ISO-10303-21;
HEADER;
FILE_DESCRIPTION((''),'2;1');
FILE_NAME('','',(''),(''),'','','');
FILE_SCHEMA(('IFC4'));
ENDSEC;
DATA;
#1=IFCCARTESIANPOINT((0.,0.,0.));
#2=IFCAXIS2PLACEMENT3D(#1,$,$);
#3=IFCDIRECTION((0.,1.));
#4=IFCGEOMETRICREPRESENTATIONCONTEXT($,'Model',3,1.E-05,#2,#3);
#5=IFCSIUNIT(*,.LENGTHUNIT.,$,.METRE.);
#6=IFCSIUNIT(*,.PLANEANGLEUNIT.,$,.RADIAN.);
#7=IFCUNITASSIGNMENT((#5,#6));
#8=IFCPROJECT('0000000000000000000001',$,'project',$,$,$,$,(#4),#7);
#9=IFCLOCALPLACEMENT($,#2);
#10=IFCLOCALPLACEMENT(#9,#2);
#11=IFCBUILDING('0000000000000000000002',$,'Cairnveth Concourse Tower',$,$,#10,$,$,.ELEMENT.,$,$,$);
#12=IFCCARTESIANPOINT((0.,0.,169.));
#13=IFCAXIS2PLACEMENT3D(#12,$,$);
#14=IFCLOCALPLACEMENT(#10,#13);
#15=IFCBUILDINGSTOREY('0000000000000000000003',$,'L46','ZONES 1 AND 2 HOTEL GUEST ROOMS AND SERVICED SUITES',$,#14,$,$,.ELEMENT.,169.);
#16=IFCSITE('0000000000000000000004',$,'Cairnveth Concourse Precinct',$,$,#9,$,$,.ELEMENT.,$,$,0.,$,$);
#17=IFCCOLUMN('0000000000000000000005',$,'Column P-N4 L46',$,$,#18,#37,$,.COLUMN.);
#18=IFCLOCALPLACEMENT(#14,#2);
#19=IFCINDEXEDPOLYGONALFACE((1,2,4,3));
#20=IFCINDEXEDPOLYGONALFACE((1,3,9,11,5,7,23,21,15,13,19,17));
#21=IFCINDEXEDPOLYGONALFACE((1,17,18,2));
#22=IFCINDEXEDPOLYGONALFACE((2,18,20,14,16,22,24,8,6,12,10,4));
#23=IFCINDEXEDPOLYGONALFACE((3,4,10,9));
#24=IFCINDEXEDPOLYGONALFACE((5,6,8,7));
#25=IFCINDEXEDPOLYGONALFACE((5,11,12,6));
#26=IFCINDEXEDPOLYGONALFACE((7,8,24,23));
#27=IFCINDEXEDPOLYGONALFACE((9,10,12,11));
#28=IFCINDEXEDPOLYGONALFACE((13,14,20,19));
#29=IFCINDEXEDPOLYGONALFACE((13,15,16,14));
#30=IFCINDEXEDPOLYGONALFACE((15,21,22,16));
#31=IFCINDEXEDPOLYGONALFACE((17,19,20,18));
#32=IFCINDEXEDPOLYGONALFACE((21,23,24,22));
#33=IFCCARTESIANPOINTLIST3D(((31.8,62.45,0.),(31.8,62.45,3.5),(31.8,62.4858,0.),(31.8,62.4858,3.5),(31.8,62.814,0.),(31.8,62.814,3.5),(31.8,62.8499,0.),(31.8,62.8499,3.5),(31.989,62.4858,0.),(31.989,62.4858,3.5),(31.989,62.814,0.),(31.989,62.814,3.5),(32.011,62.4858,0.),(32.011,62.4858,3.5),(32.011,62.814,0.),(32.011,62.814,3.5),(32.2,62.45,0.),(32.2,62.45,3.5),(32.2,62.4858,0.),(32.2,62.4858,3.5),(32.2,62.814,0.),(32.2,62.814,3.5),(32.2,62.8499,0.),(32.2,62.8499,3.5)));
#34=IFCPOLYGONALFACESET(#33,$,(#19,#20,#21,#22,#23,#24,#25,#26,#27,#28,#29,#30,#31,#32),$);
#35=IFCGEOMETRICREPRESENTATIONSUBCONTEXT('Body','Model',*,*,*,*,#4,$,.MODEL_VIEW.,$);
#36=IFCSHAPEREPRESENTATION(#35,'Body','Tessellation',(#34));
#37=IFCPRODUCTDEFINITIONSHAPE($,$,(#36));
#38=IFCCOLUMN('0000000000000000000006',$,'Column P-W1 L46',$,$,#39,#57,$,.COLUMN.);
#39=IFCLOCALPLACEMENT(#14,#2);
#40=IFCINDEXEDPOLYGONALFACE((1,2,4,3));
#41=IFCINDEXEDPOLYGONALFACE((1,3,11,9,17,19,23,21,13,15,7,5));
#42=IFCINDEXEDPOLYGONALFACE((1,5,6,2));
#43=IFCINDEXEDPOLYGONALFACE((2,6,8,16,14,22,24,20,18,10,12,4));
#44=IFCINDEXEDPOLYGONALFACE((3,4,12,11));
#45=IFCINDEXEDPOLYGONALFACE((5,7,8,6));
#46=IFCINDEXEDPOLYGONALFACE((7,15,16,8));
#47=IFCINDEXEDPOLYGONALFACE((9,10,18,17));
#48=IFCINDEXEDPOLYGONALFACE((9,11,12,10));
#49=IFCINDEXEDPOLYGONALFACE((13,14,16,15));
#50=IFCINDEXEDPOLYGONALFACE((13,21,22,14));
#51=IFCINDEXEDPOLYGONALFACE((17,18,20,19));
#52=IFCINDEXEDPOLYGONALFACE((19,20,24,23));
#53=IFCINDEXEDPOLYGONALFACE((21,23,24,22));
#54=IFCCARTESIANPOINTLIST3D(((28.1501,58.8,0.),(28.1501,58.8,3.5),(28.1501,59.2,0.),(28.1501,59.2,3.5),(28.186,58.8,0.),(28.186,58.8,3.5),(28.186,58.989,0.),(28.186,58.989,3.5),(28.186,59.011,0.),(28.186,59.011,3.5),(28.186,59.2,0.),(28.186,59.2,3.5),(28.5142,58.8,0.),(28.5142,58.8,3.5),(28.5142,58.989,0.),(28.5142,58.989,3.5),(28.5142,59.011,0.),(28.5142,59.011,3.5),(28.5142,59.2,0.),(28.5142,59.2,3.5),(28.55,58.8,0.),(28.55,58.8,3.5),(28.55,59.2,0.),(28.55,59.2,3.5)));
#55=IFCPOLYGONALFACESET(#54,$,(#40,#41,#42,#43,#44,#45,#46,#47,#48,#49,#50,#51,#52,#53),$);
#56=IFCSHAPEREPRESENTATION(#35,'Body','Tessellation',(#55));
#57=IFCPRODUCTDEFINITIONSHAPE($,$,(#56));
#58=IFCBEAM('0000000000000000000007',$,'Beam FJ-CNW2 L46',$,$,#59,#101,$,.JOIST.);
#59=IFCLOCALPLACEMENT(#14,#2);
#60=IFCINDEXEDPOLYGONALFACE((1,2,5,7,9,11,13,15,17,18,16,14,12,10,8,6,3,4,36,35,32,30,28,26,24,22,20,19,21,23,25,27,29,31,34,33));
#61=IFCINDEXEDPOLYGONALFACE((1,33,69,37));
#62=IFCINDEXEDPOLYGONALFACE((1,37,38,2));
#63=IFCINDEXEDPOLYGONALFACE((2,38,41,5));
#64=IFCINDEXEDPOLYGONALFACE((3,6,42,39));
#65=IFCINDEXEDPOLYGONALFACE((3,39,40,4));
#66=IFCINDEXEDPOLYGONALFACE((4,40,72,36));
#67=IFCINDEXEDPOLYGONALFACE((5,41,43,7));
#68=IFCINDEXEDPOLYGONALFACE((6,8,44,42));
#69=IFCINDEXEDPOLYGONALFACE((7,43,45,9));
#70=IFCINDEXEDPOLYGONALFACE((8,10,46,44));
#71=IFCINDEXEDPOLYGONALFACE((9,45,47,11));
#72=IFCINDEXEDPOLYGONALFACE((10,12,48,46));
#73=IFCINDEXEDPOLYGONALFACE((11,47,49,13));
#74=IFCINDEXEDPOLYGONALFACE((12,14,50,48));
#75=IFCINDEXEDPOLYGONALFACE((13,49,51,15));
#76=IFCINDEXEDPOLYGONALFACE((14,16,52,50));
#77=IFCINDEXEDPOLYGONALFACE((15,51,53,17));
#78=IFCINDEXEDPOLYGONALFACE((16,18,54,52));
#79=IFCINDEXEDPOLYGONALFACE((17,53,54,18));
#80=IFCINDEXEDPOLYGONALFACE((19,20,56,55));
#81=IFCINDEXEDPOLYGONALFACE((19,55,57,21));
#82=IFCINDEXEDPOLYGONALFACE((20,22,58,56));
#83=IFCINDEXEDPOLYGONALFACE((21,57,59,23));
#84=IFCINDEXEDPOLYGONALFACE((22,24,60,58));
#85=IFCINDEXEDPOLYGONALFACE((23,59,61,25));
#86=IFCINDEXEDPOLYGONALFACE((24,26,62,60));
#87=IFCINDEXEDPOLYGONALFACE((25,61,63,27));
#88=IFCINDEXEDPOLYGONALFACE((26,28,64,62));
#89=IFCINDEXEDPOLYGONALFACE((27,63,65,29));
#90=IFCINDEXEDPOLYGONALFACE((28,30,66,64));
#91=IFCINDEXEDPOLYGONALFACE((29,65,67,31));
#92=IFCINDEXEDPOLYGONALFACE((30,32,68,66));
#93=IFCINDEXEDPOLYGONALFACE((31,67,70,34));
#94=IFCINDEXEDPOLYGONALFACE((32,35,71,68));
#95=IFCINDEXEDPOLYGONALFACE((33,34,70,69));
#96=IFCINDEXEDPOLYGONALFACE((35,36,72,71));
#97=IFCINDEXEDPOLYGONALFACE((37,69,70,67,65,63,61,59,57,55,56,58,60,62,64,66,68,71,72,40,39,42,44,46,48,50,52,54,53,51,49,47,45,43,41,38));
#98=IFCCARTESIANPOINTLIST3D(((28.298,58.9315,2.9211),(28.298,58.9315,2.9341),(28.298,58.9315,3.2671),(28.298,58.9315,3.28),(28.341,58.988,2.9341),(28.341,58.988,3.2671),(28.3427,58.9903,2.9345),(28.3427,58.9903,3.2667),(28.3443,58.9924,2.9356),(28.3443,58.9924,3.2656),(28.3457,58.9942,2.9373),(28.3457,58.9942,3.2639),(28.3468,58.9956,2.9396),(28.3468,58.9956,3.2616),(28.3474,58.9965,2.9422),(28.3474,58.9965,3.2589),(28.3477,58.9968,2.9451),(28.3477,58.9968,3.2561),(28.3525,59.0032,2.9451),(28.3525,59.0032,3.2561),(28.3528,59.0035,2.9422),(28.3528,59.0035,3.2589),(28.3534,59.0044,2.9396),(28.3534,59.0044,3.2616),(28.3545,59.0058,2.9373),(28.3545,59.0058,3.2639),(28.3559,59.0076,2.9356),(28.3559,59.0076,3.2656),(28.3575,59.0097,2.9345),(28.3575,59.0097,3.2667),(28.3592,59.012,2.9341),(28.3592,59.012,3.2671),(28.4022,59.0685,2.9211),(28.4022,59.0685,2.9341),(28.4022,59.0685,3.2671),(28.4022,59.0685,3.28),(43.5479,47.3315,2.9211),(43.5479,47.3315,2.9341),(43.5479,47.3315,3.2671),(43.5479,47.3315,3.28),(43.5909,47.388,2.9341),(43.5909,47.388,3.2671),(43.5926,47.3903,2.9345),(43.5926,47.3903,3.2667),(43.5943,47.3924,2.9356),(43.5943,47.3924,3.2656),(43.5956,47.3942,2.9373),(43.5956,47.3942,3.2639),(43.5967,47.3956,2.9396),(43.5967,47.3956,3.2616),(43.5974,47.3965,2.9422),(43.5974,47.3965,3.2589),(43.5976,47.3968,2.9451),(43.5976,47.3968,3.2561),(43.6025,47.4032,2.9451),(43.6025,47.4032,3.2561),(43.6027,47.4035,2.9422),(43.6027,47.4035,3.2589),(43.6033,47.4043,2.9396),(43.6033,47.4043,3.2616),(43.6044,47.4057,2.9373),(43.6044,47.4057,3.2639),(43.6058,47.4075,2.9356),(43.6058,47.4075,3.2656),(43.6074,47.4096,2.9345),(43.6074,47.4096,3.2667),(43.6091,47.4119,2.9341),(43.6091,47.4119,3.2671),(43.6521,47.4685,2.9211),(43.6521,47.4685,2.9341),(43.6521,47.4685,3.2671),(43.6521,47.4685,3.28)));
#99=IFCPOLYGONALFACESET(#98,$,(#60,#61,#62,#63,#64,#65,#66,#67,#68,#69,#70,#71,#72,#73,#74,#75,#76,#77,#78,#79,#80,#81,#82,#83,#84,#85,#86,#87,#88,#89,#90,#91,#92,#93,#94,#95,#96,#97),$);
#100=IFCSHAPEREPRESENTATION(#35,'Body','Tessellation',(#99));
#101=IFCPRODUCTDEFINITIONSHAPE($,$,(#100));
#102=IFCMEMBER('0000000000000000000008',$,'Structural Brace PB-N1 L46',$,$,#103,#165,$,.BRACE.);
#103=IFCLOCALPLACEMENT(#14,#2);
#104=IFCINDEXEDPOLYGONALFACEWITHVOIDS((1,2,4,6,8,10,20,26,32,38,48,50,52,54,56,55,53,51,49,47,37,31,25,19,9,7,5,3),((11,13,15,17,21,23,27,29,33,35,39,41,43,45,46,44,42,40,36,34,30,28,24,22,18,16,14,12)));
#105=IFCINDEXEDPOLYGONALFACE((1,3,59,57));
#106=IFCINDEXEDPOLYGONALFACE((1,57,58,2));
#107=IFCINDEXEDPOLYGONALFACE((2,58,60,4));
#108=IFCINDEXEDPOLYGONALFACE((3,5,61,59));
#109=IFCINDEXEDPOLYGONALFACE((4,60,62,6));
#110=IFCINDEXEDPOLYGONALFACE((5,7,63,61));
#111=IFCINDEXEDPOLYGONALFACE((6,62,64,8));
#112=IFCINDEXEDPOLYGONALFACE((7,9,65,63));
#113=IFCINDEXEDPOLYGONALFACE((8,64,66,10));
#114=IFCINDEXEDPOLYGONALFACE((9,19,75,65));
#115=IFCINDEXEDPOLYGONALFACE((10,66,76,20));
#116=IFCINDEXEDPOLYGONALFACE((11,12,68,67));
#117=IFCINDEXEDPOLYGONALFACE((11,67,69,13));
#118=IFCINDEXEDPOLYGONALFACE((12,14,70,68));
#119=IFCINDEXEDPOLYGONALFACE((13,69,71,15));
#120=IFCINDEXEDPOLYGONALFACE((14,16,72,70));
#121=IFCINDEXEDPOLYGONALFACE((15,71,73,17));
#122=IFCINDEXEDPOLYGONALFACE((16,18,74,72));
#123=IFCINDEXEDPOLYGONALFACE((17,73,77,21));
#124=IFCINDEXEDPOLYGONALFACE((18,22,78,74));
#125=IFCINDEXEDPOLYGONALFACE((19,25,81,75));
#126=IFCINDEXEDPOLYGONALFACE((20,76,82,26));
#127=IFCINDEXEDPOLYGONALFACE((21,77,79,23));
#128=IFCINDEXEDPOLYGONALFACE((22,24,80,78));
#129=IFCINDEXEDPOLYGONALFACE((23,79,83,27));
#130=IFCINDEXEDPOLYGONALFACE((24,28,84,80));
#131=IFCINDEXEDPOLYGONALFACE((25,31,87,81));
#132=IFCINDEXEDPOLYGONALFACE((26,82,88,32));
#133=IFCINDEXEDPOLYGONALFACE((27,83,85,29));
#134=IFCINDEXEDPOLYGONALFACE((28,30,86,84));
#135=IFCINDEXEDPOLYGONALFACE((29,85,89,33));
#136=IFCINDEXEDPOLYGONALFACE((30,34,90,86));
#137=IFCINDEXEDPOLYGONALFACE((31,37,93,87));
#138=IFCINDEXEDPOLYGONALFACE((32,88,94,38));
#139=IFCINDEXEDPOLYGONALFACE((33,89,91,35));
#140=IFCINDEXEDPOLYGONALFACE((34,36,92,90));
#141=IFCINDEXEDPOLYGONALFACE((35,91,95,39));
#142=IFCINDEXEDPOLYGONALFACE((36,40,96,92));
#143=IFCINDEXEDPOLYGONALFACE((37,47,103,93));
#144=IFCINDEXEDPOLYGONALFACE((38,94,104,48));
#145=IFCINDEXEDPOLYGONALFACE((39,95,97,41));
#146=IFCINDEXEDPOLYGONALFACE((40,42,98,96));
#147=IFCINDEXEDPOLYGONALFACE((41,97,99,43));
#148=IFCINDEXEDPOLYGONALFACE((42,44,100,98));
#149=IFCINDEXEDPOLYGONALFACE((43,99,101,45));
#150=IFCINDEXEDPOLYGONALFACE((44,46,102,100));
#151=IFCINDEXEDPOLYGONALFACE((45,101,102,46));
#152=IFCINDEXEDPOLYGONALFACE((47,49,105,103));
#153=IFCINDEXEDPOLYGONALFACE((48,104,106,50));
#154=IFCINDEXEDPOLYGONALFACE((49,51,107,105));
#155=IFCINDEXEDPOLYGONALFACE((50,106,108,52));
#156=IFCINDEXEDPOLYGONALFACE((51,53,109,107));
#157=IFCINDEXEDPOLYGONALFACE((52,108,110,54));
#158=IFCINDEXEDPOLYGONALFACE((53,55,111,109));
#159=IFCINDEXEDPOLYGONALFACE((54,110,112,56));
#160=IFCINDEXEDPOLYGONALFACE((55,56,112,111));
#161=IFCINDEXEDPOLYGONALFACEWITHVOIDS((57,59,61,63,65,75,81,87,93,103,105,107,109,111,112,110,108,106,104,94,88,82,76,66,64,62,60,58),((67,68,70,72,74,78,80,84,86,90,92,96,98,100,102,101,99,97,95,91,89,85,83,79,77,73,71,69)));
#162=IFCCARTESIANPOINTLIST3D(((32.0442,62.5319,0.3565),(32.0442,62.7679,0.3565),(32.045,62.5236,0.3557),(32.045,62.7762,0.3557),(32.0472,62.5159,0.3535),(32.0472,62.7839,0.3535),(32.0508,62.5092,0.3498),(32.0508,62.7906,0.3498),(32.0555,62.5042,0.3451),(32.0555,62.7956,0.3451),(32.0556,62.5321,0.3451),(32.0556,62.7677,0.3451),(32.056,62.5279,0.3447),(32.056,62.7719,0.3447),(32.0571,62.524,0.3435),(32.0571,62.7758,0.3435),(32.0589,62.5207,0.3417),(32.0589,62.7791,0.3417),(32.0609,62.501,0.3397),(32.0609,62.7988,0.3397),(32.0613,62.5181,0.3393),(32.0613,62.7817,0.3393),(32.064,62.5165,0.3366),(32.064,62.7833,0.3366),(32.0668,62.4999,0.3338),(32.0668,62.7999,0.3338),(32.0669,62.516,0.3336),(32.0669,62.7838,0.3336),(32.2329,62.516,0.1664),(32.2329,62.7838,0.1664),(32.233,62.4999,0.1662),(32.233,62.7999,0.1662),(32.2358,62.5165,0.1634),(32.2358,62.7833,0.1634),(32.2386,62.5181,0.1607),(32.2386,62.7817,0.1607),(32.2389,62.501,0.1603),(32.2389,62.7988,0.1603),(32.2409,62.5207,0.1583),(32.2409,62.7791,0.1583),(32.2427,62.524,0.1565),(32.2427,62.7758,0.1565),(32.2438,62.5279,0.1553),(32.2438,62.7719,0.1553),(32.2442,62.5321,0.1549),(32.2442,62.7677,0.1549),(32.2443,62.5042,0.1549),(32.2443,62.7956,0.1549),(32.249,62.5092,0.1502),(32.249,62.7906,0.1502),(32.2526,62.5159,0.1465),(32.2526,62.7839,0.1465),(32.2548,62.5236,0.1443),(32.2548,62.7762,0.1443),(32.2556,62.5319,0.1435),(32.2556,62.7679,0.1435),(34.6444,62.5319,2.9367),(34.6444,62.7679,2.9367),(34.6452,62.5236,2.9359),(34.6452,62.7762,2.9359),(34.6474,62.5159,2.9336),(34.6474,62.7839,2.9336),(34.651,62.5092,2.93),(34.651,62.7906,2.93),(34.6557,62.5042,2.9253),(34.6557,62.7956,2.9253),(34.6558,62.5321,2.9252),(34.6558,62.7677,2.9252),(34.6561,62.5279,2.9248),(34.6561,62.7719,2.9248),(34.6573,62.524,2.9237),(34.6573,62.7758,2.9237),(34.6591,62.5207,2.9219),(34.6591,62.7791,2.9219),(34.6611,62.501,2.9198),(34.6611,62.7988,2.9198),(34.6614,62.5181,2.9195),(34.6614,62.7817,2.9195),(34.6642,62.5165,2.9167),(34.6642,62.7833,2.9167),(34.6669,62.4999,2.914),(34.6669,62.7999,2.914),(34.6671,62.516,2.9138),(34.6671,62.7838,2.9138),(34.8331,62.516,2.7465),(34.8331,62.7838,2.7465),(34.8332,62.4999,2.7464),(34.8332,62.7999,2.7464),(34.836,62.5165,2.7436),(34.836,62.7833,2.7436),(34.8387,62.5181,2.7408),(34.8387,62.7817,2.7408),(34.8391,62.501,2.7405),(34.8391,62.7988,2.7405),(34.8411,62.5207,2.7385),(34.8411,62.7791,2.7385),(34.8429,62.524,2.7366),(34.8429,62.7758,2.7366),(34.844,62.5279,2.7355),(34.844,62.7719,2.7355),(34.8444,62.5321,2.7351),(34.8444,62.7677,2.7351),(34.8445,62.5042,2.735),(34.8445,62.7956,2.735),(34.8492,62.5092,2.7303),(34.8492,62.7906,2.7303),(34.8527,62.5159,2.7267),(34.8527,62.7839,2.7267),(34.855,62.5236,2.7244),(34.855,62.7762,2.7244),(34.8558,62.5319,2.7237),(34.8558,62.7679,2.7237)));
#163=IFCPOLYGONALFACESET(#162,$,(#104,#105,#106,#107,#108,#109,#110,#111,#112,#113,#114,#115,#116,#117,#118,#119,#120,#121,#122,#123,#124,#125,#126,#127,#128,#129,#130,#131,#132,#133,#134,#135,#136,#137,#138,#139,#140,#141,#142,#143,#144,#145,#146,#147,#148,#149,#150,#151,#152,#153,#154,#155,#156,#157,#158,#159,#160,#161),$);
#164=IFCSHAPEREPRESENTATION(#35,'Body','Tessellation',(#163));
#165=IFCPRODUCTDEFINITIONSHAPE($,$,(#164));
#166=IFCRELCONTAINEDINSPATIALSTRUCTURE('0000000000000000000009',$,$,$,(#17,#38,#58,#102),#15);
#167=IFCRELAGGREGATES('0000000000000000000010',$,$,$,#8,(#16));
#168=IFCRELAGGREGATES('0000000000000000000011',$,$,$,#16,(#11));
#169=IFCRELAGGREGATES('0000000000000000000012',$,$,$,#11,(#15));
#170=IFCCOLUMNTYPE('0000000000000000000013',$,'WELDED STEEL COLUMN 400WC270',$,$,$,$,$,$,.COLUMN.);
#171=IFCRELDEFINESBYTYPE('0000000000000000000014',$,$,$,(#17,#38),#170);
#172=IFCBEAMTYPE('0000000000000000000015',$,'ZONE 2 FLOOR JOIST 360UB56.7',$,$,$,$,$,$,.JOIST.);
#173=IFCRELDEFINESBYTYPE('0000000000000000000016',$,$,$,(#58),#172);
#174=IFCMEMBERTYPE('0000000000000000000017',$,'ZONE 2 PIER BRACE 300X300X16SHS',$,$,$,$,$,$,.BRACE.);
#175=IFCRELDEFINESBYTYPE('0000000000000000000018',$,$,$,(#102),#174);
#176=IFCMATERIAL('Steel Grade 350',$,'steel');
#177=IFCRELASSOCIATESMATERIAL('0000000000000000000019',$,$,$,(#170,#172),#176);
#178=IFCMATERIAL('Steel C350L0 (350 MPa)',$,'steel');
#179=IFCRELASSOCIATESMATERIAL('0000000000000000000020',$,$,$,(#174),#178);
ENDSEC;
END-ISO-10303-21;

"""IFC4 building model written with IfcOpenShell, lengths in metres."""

from ifc_helpers import new_model, si_unit, direction, frame, origin, origin_2d, place, context, subcontext, project, spatial, hollow_rectangle, i_section, extrude, material, material_profile, profile_set, type_object, element, save


model = new_model("IFC4")

# Units and contexts
model_context = context("Model", 3, precision=1e-05, world=origin(), true_north=direction((0.0, 1.0)))
body_context = subcontext(model_context, "Body", "Model", "MODEL_VIEW")
ifc_project = project(units=[si_unit("LENGTHUNIT", "METRE"), si_unit("PLANEANGLEUNIT", "RADIAN")], contexts=[model_context])

# Site, building, storey
site_placement = place(None, origin())
site = spatial("IfcSite", under=ifc_project, at=site_placement, Name="Cairnveth Concourse Precinct", CompositionType="ELEMENT", RefElevation=0.0)
building_placement = place(site_placement, origin())
building = spatial("IfcBuilding", under=site, at=building_placement, Name="Cairnveth Concourse Tower", CompositionType="ELEMENT")
storey_placement = place(building_placement, frame((0.0, 0.0, 169.0)))
storey = spatial("IfcBuildingStorey", under=building, at=storey_placement, Name="L46", Description="ZONES 1 AND 2 HOTEL GUEST ROOMS AND SERVICED SUITES", CompositionType="ELEMENT", Elevation=169.0)

# Columns
ifc_material_1 = material(Name="Steel Grade 350", Category="steel")
ifc_material_profile_1 = material_profile(ifc_material_1, i_section(OverallWidth=0.3999, OverallDepth=0.3999, WebThickness=0.022, FlangeThickness=0.0359, at=origin_2d()), Name="400WC270")
ifc_profile_set_1 = profile_set([ifc_material_profile_1], Name="Steel Grade 350")
column_type = type_object("IfcColumnType", Name="WELDED STEEL COLUMN 400WC270", PredefinedType="COLUMN", material=ifc_profile_set_1)
for number, where, z_axis, x_axis, name in (
    (1, (32.0, 62.6499, 0.0), (0.0, 0.0, 1.0), (1.0, 0.0, 0.0), "Column P-N4 L46"),
    (2, (28.3501, 59.0, 0.0), (0.0, 0.0, 1.0), (0.0, 1.0, 0.0), "Column P-W1 L46"),
):
    element("IfcColumn", number, at=place(storey_placement, frame(where, z_axis=z_axis, x_axis=x_axis)), inside=storey, type_object=column_type, Name=name, PredefinedType="COLUMN", context=body_context, shape_type="SweptSolid", body=[
        extrude(i_section(OverallWidth=0.3999, OverallDepth=0.3999, WebThickness=0.022, FlangeThickness=0.0359, at=origin_2d()), origin(), (0.0, 0.0, 1.0), 3.5),
    ])

# Beam
ifc_material_profile_2 = material_profile(ifc_material_1, i_section(OverallWidth=0.1721, OverallDepth=0.3589, WebThickness=0.0081, FlangeThickness=0.0129, FilletRadius=0.011, at=origin_2d()), Name="360UB56.7")
ifc_profile_set_2 = profile_set([ifc_material_profile_2], Name="Steel Grade 350")
beam_type_1 = type_object("IfcBeamType", Name="ZONE 2 FLOOR JOIST 360UB56.7", PredefinedType="JOIST", material=ifc_profile_set_2)
beam_1_placement = place(storey_placement, frame((28.3501, 59.0, 3.1006), z_axis=(0.795908, -0.605417, 0.0), x_axis=(0.605417, 0.795908, 0.0)))
element("IfcBeam", 3, at=beam_1_placement, inside=storey, type_object=beam_type_1, Name="Beam FJ-CNW2 L46", PredefinedType="JOIST", context=body_context, shape_type="SweptSolid", body=[
    extrude(i_section(OverallWidth=0.1721, OverallDepth=0.3589, WebThickness=0.0081, FlangeThickness=0.0129, FilletRadius=0.011, at=origin_2d()), origin(), (0.0, 0.0, 1.0), 19.1604),
])

# Member
ifc_material_2 = material(Name="Steel C350L0 (350 MPa)", Category="steel")
ifc_material_profile_3 = material_profile(ifc_material_2, hollow_rectangle(XDim=0.3, YDim=0.3, WallThickness=0.0161, InnerFilletRadius=0.0161, OuterFilletRadius=0.032, at=origin_2d()), Name="300x300x16.0SHS")
ifc_profile_set_3 = profile_set([ifc_material_profile_3], Name="Steel C350L0 (350 MPa)")
member_type = type_object("IfcMemberType", Name="ZONE 2 PIER BRACE 300X300X16SHS", PredefinedType="BRACE", material=ifc_profile_set_3)
for number, where, z_axis, x_axis, name in (
    (4, (32.1499, 62.6499, 0.25), (0.709834, 0.0, 0.704369), (0.0, 1.0, 0.0), "Structural Brace PB-N1 L46"),
):
    element("IfcMember", number, at=place(storey_placement, frame(where, z_axis=z_axis, x_axis=x_axis)), inside=storey, type_object=member_type, Name=name, PredefinedType="BRACE", context=body_context, shape_type="SweptSolid", body=[
        extrude(hollow_rectangle(XDim=0.3, YDim=0.3, WallThickness=0.0161, InnerFilletRadius=0.0161, OuterFilletRadius=0.032, at=origin_2d()), origin(), (0.0, 0.0, 1.0), 3.6631),
    ])

save(model, "model.ifc")
